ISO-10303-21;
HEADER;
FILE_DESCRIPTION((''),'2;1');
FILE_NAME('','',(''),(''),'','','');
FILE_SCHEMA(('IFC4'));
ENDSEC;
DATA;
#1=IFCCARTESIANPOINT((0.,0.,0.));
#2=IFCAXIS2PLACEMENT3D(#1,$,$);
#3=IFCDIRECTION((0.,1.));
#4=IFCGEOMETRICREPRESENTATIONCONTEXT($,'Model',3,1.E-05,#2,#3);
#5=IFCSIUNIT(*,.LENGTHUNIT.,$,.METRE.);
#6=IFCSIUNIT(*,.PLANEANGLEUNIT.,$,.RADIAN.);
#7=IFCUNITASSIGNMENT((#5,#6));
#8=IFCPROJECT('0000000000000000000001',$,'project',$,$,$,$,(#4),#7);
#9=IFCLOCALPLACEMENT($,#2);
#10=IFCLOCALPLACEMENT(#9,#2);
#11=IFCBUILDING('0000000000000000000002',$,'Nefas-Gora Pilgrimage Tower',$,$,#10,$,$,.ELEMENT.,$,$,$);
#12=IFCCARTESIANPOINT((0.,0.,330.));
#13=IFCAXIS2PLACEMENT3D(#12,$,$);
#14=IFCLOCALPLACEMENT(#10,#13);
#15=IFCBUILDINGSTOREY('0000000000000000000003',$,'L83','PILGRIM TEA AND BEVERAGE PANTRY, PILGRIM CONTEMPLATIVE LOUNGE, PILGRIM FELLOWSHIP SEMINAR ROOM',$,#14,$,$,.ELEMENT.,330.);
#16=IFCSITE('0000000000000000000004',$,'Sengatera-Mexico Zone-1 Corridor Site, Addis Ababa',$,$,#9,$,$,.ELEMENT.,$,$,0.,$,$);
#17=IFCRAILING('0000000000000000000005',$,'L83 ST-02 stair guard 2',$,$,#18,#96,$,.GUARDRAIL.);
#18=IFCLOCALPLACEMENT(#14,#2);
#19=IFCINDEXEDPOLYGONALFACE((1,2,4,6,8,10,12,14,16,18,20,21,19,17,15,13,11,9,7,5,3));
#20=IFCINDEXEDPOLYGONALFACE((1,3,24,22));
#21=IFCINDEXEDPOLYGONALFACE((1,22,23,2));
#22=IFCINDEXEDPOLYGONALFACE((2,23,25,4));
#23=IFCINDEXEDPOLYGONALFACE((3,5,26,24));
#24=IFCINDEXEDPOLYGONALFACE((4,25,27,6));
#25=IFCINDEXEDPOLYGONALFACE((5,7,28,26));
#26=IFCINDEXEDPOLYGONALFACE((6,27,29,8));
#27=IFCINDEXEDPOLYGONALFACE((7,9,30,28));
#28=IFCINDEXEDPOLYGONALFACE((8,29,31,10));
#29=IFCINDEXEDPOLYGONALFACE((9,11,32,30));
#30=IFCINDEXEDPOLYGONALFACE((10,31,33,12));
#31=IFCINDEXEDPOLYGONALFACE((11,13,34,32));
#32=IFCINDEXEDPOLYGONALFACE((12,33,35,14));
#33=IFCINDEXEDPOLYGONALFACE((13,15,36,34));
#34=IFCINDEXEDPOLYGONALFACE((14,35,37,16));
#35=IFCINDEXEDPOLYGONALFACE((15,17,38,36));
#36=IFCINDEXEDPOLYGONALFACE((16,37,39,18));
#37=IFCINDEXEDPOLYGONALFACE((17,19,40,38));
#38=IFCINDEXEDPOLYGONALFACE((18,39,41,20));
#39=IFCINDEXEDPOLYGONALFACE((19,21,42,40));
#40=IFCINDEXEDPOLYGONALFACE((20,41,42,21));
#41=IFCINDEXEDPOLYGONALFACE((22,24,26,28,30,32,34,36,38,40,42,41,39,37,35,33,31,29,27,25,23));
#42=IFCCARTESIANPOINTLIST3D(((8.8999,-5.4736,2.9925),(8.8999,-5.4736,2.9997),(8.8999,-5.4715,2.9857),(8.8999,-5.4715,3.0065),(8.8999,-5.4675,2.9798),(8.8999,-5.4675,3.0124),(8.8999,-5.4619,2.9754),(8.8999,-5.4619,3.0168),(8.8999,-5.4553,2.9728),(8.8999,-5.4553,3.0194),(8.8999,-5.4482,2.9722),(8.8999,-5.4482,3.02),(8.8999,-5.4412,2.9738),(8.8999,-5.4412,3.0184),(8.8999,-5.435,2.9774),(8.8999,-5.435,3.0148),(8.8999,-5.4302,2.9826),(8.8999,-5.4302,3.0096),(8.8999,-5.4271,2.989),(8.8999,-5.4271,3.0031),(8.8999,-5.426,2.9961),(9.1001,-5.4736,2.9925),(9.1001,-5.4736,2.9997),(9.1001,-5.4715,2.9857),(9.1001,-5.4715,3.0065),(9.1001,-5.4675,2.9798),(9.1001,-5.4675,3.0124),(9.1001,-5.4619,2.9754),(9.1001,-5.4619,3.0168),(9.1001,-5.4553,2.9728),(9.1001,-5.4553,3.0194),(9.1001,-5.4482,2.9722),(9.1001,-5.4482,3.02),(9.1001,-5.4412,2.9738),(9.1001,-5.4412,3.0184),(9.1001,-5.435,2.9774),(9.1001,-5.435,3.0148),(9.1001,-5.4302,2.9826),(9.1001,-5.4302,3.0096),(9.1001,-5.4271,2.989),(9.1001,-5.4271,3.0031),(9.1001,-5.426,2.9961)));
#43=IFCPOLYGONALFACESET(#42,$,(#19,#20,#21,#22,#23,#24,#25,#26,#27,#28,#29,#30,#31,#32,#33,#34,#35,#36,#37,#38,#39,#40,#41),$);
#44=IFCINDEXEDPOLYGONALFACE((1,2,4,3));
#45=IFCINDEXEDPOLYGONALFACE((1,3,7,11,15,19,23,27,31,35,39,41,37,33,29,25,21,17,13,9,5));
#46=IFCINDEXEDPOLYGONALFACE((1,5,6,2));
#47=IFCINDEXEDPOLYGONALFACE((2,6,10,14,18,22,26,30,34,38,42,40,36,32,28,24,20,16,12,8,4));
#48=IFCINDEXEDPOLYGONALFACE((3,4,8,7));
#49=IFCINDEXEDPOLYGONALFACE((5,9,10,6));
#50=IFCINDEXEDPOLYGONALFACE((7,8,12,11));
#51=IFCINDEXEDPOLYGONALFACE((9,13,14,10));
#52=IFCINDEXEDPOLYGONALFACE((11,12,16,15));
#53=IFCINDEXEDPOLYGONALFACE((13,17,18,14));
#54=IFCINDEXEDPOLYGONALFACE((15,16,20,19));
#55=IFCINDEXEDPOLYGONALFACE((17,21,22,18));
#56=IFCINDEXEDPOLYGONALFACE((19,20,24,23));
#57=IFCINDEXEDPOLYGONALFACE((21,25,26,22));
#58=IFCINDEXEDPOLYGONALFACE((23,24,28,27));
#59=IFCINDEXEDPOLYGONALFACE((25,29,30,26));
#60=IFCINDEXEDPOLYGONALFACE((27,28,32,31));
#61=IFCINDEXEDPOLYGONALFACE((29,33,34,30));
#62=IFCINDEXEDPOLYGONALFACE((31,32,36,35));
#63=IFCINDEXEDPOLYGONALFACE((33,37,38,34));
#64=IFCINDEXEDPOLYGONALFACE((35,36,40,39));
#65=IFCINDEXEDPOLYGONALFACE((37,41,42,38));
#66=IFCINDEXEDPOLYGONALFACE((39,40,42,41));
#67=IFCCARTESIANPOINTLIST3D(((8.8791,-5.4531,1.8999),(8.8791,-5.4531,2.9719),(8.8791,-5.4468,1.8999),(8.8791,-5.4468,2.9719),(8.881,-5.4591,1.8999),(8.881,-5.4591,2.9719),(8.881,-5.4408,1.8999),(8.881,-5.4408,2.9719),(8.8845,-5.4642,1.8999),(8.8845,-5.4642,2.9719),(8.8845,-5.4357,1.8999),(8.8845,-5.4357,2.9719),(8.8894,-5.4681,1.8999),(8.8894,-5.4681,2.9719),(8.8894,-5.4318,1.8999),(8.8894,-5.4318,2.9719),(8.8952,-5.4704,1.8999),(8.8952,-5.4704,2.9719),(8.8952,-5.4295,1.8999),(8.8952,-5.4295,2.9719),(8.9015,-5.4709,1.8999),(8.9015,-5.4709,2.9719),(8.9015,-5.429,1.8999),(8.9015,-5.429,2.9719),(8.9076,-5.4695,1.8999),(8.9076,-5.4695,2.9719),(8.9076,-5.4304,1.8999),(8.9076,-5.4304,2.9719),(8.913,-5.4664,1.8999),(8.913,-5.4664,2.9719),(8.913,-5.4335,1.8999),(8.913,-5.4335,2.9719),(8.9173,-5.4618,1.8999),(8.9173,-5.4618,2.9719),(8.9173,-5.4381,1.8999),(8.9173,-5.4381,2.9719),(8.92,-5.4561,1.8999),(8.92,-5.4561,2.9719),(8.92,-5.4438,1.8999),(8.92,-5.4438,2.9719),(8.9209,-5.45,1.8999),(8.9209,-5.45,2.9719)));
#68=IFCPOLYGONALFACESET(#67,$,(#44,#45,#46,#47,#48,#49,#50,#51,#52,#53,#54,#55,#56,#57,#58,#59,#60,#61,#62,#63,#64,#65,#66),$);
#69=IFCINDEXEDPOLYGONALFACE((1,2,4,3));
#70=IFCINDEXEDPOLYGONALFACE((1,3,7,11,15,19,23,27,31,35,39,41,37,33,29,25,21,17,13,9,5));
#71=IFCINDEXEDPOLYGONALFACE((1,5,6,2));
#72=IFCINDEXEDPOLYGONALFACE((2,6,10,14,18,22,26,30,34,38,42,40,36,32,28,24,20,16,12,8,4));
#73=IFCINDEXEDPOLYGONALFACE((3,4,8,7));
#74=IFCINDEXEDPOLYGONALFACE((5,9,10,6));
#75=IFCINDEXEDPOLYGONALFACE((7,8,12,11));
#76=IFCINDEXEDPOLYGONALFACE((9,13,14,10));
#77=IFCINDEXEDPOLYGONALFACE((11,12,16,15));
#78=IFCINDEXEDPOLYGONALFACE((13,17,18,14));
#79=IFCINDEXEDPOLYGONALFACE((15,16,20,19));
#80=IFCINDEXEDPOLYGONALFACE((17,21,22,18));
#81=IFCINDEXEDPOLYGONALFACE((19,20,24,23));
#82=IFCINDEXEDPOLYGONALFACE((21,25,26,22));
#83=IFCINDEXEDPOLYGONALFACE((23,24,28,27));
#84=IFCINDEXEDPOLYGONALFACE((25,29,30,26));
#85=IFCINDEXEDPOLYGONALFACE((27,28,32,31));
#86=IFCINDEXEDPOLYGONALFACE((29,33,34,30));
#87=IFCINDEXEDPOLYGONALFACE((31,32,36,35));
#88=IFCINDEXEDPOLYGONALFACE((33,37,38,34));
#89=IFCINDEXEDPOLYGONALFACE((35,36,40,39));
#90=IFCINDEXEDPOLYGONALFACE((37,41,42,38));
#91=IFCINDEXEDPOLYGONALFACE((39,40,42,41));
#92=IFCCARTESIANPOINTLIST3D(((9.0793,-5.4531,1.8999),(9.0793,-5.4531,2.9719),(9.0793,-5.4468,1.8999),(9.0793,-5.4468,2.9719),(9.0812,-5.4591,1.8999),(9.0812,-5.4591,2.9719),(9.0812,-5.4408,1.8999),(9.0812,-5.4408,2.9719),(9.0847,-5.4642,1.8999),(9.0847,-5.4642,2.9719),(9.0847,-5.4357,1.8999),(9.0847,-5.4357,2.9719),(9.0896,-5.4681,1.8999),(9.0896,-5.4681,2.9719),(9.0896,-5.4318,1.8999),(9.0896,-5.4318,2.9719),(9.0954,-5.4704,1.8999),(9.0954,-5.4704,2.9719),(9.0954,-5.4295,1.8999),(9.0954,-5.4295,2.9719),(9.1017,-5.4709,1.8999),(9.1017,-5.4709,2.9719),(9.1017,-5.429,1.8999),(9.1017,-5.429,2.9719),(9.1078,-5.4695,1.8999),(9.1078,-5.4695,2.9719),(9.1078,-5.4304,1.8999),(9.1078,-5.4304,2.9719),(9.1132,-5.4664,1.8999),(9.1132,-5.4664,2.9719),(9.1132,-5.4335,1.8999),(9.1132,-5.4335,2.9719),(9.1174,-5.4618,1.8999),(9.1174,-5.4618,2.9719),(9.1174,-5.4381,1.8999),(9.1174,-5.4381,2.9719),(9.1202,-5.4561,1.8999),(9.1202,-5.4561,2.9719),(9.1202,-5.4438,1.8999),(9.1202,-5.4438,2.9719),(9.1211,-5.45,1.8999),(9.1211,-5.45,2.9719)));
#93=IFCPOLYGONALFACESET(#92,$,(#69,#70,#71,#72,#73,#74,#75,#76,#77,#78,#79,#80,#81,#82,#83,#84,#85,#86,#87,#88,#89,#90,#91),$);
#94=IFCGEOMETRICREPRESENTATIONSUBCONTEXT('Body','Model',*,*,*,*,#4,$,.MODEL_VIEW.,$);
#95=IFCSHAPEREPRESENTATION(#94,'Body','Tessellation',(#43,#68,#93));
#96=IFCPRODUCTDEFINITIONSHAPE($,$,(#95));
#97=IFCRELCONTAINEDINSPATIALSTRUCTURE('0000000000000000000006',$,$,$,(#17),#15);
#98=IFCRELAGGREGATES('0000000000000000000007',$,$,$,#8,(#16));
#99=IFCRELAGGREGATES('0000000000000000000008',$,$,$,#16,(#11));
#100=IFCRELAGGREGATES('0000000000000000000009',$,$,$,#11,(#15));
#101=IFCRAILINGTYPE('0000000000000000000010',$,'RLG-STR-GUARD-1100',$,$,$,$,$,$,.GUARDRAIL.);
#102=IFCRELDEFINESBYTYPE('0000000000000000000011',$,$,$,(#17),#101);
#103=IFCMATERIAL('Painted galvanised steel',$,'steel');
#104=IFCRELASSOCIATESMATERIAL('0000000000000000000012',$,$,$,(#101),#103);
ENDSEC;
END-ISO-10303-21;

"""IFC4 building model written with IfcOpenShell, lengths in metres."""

from ifc_helpers import new_model, si_unit, direction, frame, origin, origin_2d, place, context, subcontext, project, spatial, circle, extrude, material, type_object, element, save


model = new_model("IFC4")

# Units and contexts
model_context = context("Model", 3, precision=1e-05, world=origin(), true_north=direction((0.0, 1.0)))
body_context = subcontext(model_context, "Body", "Model", "MODEL_VIEW")
ifc_project = project(units=[si_unit("LENGTHUNIT", "METRE"), si_unit("PLANEANGLEUNIT", "RADIAN")], contexts=[model_context])

# Site, building, storey
site_placement = place(None, origin())
site = spatial("IfcSite", under=ifc_project, at=site_placement, Name="Sengatera-Mexico Zone-1 Corridor Site, Addis Ababa", CompositionType="ELEMENT", RefElevation=0.0)
building_placement = place(site_placement, origin())
building = spatial("IfcBuilding", under=site, at=building_placement, Name="Nefas-Gora Pilgrimage Tower", CompositionType="ELEMENT")
storey_placement = place(building_placement, frame((0.0, 0.0, 330.0)))
storey = spatial("IfcBuildingStorey", under=building, at=storey_placement, Name="L83", Description="PILGRIM TEA AND BEVERAGE PANTRY, PILGRIM CONTEMPLATIVE LOUNGE, PILGRIM FELLOWSHIP SEMINAR ROOM", CompositionType="ELEMENT", Elevation=330.0)

# Railing
ifc_material_1 = material(Name="Painted galvanised steel", Category="steel")
railing_type_1 = type_object("IfcRailingType", Name="RLG-STR-GUARD-1100", PredefinedType="GUARDRAIL", material=ifc_material_1)
railing_1_placement = place(storey_placement, frame((8.8999, -5.45, 1.8999)))
element("IfcRailing", 1, at=railing_1_placement, inside=storey, type_object=railing_type_1, Name="L83 ST-02 stair guard 2", PredefinedType="GUARDRAIL", context=body_context, shape_type="SweptSolid", body=[
    extrude(circle(Radius=0.0239, at=origin_2d()), frame((0.0, 0.0, 1.0962), z_axis=(1.0, 0.0, 0.0), x_axis=(0.0, 1.0, 0.0)), (0.0, 0.0, 1.0), 0.2002),
    extrude(circle(Radius=0.021, at=origin_2d()), origin(), (0.0, 0.0, 1.0), 1.072),
    extrude(circle(Radius=0.021, at=origin_2d()), frame((0.2002, 0.0, 0.0)), (0.0, 0.0, 1.0), 1.072),
])

save(model, "model.ifc")
